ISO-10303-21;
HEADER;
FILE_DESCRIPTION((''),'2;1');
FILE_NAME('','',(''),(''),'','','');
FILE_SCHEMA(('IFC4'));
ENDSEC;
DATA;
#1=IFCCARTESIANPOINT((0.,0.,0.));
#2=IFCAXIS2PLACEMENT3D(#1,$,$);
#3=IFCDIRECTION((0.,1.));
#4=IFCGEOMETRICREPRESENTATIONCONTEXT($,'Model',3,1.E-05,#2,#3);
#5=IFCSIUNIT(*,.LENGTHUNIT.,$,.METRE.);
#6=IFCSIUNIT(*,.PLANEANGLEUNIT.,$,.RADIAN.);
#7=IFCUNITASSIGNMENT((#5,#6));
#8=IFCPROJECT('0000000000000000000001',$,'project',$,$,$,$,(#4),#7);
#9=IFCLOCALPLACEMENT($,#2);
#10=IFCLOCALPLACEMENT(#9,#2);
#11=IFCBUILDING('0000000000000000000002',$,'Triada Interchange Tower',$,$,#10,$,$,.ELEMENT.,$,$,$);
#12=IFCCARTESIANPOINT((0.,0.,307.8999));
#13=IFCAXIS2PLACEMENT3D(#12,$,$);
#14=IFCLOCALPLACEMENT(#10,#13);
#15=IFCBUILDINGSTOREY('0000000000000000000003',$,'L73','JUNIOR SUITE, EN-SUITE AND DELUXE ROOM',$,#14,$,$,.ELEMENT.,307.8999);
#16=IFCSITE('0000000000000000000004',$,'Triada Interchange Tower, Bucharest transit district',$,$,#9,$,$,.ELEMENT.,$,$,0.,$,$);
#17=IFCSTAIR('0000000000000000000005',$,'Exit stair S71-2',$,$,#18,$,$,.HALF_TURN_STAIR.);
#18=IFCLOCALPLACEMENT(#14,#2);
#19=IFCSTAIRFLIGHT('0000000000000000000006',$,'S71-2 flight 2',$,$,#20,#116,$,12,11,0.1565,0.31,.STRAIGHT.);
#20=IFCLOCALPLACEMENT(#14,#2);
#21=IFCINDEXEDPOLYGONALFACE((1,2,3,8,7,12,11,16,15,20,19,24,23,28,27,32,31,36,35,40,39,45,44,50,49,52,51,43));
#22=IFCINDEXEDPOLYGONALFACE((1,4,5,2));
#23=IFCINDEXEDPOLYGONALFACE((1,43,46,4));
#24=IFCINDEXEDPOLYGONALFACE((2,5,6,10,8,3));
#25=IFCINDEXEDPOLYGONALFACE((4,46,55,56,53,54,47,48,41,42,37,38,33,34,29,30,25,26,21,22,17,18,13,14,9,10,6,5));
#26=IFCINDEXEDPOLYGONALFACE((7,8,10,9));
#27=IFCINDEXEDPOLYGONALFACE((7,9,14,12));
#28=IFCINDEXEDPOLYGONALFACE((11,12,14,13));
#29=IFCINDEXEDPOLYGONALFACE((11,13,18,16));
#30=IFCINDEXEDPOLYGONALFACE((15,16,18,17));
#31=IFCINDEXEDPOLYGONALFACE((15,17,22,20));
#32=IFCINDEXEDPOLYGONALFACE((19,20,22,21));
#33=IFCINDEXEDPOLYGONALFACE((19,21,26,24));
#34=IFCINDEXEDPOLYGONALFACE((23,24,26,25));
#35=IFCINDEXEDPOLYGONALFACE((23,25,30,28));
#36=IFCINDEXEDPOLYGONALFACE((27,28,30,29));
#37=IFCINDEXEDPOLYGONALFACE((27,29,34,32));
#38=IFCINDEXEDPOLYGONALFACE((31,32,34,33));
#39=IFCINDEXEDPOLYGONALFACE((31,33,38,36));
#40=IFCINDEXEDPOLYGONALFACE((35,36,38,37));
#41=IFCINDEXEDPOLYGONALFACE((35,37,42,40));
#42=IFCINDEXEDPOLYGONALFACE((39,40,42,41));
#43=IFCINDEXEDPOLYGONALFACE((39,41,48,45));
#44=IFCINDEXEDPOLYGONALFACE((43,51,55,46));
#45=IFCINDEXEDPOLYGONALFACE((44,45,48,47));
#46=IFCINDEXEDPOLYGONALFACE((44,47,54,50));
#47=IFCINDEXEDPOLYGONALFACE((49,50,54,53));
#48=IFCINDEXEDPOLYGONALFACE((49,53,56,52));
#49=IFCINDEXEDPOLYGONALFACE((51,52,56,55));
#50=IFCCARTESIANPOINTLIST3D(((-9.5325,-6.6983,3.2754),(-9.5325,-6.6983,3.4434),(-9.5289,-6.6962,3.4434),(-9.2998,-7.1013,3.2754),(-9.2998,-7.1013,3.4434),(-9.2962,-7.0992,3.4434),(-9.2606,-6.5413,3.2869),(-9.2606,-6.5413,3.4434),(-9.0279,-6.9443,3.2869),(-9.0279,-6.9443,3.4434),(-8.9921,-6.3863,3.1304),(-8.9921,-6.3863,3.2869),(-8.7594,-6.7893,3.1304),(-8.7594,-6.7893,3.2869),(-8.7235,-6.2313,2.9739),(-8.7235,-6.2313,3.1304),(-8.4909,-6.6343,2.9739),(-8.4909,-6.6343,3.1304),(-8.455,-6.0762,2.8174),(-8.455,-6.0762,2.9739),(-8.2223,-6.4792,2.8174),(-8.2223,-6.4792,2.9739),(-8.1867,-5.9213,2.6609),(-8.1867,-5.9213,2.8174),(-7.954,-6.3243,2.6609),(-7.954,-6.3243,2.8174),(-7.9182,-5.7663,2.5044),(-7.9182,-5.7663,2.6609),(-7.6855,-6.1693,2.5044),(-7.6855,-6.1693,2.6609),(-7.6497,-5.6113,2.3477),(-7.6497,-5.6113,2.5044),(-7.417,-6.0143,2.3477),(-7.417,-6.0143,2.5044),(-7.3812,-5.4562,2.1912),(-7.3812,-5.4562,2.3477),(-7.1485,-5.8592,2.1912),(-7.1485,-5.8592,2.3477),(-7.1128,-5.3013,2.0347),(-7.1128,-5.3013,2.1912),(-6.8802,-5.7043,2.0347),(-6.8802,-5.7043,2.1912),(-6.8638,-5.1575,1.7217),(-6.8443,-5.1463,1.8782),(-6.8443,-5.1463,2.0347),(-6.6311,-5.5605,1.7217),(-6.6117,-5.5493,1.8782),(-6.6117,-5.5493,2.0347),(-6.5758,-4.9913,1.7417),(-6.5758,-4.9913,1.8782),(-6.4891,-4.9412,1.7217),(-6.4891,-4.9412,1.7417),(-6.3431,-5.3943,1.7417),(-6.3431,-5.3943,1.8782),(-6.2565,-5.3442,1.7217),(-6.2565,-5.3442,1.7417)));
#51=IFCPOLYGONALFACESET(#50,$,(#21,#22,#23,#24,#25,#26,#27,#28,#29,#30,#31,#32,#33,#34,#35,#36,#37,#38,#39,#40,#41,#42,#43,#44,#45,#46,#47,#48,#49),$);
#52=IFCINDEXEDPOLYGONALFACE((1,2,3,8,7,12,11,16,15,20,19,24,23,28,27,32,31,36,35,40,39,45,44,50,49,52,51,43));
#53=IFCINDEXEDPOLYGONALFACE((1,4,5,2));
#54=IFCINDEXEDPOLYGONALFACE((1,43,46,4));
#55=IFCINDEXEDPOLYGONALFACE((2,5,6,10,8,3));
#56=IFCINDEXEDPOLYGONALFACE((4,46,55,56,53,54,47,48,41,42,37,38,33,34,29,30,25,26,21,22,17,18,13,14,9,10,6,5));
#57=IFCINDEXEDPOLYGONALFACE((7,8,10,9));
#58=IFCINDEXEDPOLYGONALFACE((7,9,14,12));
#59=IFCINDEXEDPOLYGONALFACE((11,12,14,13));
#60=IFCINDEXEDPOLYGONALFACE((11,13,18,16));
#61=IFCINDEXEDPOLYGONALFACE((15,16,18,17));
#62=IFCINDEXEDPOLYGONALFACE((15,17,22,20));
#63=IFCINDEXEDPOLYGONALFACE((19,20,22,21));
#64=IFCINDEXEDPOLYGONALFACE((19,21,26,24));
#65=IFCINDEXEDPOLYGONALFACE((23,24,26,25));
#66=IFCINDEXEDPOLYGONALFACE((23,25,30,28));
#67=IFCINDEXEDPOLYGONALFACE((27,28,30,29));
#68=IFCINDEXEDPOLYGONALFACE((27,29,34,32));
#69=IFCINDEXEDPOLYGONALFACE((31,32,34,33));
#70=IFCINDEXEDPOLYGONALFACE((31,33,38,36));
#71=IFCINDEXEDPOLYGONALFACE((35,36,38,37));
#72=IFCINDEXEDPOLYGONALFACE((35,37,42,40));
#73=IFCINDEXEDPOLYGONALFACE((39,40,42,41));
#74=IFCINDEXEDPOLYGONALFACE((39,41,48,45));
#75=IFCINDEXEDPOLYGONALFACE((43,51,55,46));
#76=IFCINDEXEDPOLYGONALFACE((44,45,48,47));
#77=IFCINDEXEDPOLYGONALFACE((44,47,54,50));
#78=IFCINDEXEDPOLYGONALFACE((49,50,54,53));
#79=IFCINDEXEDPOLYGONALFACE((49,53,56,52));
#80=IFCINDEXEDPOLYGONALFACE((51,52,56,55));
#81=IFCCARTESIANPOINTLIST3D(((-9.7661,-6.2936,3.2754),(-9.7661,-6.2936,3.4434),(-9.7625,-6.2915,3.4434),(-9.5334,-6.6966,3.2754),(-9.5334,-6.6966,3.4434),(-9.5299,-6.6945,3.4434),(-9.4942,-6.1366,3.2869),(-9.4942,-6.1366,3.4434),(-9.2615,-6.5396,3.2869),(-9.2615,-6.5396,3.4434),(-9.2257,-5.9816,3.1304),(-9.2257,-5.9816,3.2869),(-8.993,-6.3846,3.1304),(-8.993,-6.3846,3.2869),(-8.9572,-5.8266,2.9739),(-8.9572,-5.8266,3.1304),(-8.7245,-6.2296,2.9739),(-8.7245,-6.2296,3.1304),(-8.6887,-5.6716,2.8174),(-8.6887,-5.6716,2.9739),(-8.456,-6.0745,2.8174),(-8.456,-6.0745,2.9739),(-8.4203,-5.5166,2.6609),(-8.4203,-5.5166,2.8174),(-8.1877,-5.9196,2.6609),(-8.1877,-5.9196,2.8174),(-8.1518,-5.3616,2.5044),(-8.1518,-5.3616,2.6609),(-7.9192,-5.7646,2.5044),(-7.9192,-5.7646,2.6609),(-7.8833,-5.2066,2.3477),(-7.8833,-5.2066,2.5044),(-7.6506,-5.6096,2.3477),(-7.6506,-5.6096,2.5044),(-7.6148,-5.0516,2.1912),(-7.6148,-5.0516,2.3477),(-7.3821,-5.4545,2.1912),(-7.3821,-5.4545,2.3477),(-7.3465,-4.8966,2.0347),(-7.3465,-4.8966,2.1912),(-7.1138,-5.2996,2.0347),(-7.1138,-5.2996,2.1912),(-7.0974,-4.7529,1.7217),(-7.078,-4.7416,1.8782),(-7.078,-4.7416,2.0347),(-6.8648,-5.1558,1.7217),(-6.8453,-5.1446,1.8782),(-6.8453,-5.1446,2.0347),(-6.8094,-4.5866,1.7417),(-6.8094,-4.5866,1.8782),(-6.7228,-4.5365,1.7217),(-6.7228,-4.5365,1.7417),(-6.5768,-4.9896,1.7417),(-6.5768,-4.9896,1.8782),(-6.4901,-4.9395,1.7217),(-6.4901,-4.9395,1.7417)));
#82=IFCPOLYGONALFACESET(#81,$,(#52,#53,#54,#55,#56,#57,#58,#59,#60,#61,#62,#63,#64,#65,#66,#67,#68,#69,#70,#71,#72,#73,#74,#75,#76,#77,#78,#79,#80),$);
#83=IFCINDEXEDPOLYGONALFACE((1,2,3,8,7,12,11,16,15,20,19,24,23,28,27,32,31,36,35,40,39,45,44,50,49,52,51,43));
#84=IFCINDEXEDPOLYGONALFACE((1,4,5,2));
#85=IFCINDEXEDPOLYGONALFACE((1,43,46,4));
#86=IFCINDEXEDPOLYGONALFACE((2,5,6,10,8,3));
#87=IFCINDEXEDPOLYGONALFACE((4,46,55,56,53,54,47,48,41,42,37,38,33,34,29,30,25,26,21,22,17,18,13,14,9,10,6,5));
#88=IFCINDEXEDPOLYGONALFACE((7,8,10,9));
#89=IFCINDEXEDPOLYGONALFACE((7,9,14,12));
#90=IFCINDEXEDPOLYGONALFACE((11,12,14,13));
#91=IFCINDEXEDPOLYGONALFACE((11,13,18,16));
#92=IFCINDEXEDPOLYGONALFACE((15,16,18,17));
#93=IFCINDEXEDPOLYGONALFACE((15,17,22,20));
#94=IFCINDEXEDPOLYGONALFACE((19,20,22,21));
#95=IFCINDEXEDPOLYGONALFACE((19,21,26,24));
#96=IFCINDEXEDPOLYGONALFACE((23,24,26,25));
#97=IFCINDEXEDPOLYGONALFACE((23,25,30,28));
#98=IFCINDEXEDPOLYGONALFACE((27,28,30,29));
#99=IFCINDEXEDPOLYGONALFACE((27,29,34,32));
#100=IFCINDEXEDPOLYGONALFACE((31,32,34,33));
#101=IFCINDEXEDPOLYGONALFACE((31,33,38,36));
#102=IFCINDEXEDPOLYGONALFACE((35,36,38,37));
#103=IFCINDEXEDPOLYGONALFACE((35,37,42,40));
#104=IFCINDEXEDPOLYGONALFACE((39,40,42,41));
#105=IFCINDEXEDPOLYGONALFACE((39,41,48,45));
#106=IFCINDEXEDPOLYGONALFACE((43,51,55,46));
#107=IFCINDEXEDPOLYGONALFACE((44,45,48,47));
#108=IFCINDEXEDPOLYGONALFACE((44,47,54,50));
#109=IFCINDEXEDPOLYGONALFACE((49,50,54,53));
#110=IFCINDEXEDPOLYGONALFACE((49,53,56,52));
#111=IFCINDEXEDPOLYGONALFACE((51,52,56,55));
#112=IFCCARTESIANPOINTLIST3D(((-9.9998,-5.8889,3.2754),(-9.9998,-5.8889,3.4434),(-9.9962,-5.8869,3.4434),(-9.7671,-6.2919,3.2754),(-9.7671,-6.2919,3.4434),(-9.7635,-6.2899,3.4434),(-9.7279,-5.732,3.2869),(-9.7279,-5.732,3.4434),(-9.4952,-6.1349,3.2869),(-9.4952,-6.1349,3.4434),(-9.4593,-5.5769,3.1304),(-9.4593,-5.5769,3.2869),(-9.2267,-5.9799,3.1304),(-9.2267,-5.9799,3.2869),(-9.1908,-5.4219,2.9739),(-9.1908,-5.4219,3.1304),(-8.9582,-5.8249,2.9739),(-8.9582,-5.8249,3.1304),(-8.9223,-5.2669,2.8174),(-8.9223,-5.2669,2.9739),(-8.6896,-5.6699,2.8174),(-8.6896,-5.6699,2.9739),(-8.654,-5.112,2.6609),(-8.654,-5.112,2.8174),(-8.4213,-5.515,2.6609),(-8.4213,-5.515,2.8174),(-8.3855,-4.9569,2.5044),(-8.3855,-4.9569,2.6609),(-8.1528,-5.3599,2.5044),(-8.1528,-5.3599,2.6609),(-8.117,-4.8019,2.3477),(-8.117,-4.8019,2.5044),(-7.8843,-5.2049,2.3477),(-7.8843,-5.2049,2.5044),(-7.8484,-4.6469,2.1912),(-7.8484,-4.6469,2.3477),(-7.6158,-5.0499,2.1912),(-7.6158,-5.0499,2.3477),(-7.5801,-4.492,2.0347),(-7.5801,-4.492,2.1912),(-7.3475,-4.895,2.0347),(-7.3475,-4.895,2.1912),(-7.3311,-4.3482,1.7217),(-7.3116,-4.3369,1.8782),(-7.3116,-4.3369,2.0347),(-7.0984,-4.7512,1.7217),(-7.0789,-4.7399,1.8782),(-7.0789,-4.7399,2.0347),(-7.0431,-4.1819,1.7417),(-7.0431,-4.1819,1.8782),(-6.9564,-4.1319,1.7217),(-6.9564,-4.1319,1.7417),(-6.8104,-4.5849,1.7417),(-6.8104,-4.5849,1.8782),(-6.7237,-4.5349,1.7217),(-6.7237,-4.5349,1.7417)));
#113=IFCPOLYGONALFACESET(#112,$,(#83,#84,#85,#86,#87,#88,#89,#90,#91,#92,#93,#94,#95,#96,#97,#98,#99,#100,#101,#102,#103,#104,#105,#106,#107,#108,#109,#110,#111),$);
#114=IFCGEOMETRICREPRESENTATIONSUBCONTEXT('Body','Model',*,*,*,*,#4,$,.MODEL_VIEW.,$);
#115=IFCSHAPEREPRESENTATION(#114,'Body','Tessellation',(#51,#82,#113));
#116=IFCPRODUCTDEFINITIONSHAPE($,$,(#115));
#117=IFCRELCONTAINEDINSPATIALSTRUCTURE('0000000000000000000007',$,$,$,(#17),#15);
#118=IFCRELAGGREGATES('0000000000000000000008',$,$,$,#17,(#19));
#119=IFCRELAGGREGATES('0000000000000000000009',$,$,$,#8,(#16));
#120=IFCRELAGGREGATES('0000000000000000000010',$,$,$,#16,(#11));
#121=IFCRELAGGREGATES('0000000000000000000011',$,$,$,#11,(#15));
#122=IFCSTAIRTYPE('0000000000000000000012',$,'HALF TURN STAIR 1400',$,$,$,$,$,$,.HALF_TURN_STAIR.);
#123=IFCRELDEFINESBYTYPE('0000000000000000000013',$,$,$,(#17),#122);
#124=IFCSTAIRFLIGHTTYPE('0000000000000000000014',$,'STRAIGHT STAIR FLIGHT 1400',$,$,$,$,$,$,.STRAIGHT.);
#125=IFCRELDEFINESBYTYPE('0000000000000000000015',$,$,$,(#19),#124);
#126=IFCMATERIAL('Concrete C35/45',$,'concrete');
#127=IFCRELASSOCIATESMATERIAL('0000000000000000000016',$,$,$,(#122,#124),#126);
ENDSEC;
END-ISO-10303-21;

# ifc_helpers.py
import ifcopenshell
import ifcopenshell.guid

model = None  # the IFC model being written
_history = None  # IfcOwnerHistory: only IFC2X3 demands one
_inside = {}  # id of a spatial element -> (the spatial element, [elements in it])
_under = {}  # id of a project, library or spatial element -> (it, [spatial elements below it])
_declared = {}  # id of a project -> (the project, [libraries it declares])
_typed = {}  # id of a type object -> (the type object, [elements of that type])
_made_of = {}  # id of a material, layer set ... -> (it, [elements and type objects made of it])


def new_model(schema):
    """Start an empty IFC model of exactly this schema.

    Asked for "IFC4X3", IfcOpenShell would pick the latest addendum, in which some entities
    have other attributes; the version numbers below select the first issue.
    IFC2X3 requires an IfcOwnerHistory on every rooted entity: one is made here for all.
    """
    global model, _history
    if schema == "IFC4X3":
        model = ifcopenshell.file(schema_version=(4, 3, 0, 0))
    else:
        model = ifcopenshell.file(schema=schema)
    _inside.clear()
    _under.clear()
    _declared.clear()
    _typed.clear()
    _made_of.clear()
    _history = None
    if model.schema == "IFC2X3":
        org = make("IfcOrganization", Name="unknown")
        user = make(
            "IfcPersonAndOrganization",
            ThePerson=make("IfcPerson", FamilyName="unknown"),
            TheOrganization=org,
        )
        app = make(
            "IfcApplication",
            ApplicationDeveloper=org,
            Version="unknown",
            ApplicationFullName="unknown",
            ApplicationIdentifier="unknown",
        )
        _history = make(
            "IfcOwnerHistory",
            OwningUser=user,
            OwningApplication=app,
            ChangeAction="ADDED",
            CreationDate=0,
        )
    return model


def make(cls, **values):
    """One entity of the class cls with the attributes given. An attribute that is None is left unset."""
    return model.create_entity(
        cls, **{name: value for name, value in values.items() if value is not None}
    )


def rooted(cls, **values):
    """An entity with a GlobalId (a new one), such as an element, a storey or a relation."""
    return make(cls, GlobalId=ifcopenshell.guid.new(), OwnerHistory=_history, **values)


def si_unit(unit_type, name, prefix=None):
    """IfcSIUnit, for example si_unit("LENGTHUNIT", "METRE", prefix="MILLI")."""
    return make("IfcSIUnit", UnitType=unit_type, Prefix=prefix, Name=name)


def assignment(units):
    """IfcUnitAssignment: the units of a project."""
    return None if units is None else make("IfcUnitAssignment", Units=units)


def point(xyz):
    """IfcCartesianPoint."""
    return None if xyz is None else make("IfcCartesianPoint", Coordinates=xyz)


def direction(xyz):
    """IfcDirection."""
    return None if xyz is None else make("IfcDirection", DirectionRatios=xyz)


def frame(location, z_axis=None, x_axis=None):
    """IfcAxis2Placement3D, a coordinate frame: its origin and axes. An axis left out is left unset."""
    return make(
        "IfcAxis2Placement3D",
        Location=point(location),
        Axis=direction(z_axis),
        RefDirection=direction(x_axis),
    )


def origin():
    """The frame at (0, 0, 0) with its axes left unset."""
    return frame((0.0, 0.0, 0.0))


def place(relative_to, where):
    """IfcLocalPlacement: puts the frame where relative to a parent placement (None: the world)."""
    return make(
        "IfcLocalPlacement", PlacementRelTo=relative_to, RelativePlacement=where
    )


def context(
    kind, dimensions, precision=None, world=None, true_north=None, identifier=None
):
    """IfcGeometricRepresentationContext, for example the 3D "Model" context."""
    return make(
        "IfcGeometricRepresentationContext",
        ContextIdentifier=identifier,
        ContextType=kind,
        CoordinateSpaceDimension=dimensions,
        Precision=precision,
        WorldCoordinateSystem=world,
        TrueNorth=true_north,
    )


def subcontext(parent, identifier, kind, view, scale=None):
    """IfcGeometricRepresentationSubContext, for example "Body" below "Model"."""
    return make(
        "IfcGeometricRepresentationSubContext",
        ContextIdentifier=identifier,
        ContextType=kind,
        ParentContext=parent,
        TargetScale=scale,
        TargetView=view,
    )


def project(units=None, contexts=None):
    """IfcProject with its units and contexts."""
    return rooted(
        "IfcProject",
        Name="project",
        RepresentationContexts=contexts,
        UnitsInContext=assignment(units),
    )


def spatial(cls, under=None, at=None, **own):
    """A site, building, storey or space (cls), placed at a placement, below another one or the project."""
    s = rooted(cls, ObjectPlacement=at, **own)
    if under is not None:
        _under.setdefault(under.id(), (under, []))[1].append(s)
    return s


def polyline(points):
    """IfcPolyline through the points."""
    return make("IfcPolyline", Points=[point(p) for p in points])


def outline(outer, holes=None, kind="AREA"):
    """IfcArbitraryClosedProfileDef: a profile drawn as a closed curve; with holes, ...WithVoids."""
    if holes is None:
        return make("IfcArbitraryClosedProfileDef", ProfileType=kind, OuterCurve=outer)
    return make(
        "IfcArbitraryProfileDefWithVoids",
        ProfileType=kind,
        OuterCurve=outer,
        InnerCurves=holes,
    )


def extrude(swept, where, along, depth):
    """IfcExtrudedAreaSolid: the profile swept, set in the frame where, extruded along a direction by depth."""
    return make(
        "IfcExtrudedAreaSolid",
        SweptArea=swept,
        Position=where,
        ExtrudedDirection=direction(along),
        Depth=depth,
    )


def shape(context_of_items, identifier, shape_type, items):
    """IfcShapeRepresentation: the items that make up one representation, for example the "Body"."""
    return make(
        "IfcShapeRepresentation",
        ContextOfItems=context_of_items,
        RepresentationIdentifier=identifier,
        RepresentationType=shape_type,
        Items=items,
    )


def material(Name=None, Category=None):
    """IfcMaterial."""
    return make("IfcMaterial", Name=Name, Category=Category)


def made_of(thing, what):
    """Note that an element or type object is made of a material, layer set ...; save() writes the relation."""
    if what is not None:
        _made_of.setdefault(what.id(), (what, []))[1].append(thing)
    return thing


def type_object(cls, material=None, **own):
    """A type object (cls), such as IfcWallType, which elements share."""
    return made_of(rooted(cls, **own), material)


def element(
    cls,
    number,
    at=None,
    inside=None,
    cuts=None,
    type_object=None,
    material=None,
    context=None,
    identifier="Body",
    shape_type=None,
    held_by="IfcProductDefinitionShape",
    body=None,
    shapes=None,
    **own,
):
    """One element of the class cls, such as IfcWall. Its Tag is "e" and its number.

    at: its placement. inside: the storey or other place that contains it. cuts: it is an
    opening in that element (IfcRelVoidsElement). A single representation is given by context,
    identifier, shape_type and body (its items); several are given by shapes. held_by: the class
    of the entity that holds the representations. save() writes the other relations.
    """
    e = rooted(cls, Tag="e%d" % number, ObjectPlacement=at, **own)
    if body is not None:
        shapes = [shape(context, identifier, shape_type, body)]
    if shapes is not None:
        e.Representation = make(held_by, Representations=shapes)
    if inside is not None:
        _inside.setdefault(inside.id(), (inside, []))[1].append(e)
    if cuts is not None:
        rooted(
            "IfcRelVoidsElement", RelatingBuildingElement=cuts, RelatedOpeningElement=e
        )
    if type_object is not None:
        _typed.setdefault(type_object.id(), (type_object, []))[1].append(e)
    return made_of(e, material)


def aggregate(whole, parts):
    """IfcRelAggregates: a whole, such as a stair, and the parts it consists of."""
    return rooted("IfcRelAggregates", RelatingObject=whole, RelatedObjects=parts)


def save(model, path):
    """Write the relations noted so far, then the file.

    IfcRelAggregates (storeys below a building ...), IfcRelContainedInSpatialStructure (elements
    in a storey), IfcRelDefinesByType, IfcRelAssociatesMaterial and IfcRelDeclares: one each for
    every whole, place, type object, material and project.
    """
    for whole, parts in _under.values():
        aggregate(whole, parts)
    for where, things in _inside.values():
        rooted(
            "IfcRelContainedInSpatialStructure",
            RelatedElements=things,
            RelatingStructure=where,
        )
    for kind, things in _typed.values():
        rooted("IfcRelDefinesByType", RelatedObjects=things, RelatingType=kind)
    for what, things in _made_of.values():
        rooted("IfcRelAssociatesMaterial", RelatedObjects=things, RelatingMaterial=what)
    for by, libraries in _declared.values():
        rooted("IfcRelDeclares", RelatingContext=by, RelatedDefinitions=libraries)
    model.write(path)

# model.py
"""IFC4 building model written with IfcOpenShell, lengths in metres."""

from ifc_helpers import new_model, si_unit, direction, frame, origin, place, context, subcontext, project, spatial, polyline, outline, extrude, material, type_object, element, aggregate, save


model = new_model("IFC4")

# Units and contexts
model_context = context("Model", 3, precision=1e-05, world=origin(), true_north=direction((0.0, 1.0)))
body_context = subcontext(model_context, "Body", "Model", "MODEL_VIEW")
ifc_project = project(units=[si_unit("LENGTHUNIT", "METRE"), si_unit("PLANEANGLEUNIT", "RADIAN")], contexts=[model_context])

# Site, building, storey
site_placement = place(None, origin())
site = spatial("IfcSite", under=ifc_project, at=site_placement, Name="Triada Interchange Tower, Bucharest transit district", CompositionType="ELEMENT", RefElevation=0.0)
building_placement = place(site_placement, origin())
building = spatial("IfcBuilding", under=site, at=building_placement, Name="Triada Interchange Tower", CompositionType="ELEMENT")
storey_placement = place(building_placement, frame((0.0, 0.0, 307.8999)))
storey = spatial("IfcBuildingStorey", under=building, at=storey_placement, Name="L73", Description="JUNIOR SUITE, EN-SUITE AND DELUXE ROOM", CompositionType="ELEMENT", Elevation=307.8999)

# Stair, stair flight
ifc_material_1 = material(Name="Concrete C35/45", Category="concrete")
stair_type = type_object("IfcStairType", Name="HALF TURN STAIR 1400", PredefinedType="HALF_TURN_STAIR", material=ifc_material_1)
stair_placement = place(storey_placement, origin())
stair = element("IfcStair", 1, at=stair_placement, inside=storey, type_object=stair_type, Name="Exit stair S71-2", PredefinedType="HALF_TURN_STAIR")
stair_flight_type = type_object("IfcStairFlightType", Name="STRAIGHT STAIR FLIGHT 1400", PredefinedType="STRAIGHT", material=ifc_material_1)
stair_flight_1_placement = place(storey_placement, frame((-6.6931, -4.7881, 1.7217), z_axis=(0.0, 0.0, 1.0), x_axis=(-0.866025, -0.5, 0.0)))
stair_flight_1 = element("IfcStairFlight", 2, at=stair_flight_1_placement, type_object=stair_flight_type, Name="S71-2 flight 2", NumberOfRisers=12, NumberOfTreads=11, PredefinedType="STRAIGHT", RiserHeight=0.1565, TreadLength=0.31, context=body_context, shape_type="SweptSolid", body=[
    extrude(outline(polyline([(-0.1001, 0.0), (-0.1001, 0.02), (0.0, 0.02), (0.0, 0.1565), (0.3101, 0.1565), (0.3101, 0.313), (0.6201, 0.313), (0.6201, 0.4695), (0.9299, 0.4695), (0.9299, 0.626), (1.24, 0.626), (1.24, 0.7827), (1.55, 0.7827), (1.55, 0.9392), (1.8601, 0.9392), (1.8601, 1.0957), (2.1699, 1.0957), (2.1699, 1.2522), (2.48, 1.2522), (2.48, 1.4087), (2.79, 1.4087), (2.79, 1.5652), (3.1001, 1.5652), (3.1001, 1.7217), (3.4099, 1.7217), (3.4141, 1.7217), (3.4141, 1.8782), (3.4141, 1.5537), (0.3325, 0.0), (-0.1001, 0.0)])), frame((0.0, 0.7, 0.0), z_axis=(0.0, -1.0, 0.0), x_axis=(1.0, 0.0, 0.0)), (0.0, 0.0, 1.0), 0.4653),
    extrude(outline(polyline([(-0.1001, 0.0), (-0.1001, 0.02), (0.0, 0.02), (0.0, 0.1565), (0.3101, 0.1565), (0.3101, 0.313), (0.6201, 0.313), (0.6201, 0.4695), (0.9299, 0.4695), (0.9299, 0.626), (1.24, 0.626), (1.24, 0.7827), (1.55, 0.7827), (1.55, 0.9392), (1.8601, 0.9392), (1.8601, 1.0957), (2.1699, 1.0957), (2.1699, 1.2522), (2.48, 1.2522), (2.48, 1.4087), (2.79, 1.4087), (2.79, 1.5652), (3.1001, 1.5652), (3.1001, 1.7217), (3.4099, 1.7217), (3.4141, 1.7217), (3.4141, 1.8782), (3.4141, 1.5537), (0.3325, 0.0), (-0.1001, 0.0)])), frame((0.0, 0.2327, 0.0), z_axis=(0.0, -1.0, 0.0), x_axis=(1.0, 0.0, 0.0)), (0.0, 0.0, 1.0), 0.4653),
    extrude(outline(polyline([(-0.1001, 0.0), (-0.1001, 0.02), (0.0, 0.02), (0.0, 0.1565), (0.3101, 0.1565), (0.3101, 0.313), (0.6201, 0.313), (0.6201, 0.4695), (0.9299, 0.4695), (0.9299, 0.626), (1.24, 0.626), (1.24, 0.7827), (1.55, 0.7827), (1.55, 0.9392), (1.8601, 0.9392), (1.8601, 1.0957), (2.1699, 1.0957), (2.1699, 1.2522), (2.48, 1.2522), (2.48, 1.4087), (2.79, 1.4087), (2.79, 1.5652), (3.1001, 1.5652), (3.1001, 1.7217), (3.4099, 1.7217), (3.4141, 1.7217), (3.4141, 1.8782), (3.4141, 1.5537), (0.3325, 0.0), (-0.1001, 0.0)])), frame((0.0, -0.2346, 0.0), z_axis=(0.0, -1.0, 0.0), x_axis=(1.0, 0.0, 0.0)), (0.0, 0.0, 1.0), 0.4653),
])
aggregate(stair, [stair_flight_1])

save(model, "model.ifc")
